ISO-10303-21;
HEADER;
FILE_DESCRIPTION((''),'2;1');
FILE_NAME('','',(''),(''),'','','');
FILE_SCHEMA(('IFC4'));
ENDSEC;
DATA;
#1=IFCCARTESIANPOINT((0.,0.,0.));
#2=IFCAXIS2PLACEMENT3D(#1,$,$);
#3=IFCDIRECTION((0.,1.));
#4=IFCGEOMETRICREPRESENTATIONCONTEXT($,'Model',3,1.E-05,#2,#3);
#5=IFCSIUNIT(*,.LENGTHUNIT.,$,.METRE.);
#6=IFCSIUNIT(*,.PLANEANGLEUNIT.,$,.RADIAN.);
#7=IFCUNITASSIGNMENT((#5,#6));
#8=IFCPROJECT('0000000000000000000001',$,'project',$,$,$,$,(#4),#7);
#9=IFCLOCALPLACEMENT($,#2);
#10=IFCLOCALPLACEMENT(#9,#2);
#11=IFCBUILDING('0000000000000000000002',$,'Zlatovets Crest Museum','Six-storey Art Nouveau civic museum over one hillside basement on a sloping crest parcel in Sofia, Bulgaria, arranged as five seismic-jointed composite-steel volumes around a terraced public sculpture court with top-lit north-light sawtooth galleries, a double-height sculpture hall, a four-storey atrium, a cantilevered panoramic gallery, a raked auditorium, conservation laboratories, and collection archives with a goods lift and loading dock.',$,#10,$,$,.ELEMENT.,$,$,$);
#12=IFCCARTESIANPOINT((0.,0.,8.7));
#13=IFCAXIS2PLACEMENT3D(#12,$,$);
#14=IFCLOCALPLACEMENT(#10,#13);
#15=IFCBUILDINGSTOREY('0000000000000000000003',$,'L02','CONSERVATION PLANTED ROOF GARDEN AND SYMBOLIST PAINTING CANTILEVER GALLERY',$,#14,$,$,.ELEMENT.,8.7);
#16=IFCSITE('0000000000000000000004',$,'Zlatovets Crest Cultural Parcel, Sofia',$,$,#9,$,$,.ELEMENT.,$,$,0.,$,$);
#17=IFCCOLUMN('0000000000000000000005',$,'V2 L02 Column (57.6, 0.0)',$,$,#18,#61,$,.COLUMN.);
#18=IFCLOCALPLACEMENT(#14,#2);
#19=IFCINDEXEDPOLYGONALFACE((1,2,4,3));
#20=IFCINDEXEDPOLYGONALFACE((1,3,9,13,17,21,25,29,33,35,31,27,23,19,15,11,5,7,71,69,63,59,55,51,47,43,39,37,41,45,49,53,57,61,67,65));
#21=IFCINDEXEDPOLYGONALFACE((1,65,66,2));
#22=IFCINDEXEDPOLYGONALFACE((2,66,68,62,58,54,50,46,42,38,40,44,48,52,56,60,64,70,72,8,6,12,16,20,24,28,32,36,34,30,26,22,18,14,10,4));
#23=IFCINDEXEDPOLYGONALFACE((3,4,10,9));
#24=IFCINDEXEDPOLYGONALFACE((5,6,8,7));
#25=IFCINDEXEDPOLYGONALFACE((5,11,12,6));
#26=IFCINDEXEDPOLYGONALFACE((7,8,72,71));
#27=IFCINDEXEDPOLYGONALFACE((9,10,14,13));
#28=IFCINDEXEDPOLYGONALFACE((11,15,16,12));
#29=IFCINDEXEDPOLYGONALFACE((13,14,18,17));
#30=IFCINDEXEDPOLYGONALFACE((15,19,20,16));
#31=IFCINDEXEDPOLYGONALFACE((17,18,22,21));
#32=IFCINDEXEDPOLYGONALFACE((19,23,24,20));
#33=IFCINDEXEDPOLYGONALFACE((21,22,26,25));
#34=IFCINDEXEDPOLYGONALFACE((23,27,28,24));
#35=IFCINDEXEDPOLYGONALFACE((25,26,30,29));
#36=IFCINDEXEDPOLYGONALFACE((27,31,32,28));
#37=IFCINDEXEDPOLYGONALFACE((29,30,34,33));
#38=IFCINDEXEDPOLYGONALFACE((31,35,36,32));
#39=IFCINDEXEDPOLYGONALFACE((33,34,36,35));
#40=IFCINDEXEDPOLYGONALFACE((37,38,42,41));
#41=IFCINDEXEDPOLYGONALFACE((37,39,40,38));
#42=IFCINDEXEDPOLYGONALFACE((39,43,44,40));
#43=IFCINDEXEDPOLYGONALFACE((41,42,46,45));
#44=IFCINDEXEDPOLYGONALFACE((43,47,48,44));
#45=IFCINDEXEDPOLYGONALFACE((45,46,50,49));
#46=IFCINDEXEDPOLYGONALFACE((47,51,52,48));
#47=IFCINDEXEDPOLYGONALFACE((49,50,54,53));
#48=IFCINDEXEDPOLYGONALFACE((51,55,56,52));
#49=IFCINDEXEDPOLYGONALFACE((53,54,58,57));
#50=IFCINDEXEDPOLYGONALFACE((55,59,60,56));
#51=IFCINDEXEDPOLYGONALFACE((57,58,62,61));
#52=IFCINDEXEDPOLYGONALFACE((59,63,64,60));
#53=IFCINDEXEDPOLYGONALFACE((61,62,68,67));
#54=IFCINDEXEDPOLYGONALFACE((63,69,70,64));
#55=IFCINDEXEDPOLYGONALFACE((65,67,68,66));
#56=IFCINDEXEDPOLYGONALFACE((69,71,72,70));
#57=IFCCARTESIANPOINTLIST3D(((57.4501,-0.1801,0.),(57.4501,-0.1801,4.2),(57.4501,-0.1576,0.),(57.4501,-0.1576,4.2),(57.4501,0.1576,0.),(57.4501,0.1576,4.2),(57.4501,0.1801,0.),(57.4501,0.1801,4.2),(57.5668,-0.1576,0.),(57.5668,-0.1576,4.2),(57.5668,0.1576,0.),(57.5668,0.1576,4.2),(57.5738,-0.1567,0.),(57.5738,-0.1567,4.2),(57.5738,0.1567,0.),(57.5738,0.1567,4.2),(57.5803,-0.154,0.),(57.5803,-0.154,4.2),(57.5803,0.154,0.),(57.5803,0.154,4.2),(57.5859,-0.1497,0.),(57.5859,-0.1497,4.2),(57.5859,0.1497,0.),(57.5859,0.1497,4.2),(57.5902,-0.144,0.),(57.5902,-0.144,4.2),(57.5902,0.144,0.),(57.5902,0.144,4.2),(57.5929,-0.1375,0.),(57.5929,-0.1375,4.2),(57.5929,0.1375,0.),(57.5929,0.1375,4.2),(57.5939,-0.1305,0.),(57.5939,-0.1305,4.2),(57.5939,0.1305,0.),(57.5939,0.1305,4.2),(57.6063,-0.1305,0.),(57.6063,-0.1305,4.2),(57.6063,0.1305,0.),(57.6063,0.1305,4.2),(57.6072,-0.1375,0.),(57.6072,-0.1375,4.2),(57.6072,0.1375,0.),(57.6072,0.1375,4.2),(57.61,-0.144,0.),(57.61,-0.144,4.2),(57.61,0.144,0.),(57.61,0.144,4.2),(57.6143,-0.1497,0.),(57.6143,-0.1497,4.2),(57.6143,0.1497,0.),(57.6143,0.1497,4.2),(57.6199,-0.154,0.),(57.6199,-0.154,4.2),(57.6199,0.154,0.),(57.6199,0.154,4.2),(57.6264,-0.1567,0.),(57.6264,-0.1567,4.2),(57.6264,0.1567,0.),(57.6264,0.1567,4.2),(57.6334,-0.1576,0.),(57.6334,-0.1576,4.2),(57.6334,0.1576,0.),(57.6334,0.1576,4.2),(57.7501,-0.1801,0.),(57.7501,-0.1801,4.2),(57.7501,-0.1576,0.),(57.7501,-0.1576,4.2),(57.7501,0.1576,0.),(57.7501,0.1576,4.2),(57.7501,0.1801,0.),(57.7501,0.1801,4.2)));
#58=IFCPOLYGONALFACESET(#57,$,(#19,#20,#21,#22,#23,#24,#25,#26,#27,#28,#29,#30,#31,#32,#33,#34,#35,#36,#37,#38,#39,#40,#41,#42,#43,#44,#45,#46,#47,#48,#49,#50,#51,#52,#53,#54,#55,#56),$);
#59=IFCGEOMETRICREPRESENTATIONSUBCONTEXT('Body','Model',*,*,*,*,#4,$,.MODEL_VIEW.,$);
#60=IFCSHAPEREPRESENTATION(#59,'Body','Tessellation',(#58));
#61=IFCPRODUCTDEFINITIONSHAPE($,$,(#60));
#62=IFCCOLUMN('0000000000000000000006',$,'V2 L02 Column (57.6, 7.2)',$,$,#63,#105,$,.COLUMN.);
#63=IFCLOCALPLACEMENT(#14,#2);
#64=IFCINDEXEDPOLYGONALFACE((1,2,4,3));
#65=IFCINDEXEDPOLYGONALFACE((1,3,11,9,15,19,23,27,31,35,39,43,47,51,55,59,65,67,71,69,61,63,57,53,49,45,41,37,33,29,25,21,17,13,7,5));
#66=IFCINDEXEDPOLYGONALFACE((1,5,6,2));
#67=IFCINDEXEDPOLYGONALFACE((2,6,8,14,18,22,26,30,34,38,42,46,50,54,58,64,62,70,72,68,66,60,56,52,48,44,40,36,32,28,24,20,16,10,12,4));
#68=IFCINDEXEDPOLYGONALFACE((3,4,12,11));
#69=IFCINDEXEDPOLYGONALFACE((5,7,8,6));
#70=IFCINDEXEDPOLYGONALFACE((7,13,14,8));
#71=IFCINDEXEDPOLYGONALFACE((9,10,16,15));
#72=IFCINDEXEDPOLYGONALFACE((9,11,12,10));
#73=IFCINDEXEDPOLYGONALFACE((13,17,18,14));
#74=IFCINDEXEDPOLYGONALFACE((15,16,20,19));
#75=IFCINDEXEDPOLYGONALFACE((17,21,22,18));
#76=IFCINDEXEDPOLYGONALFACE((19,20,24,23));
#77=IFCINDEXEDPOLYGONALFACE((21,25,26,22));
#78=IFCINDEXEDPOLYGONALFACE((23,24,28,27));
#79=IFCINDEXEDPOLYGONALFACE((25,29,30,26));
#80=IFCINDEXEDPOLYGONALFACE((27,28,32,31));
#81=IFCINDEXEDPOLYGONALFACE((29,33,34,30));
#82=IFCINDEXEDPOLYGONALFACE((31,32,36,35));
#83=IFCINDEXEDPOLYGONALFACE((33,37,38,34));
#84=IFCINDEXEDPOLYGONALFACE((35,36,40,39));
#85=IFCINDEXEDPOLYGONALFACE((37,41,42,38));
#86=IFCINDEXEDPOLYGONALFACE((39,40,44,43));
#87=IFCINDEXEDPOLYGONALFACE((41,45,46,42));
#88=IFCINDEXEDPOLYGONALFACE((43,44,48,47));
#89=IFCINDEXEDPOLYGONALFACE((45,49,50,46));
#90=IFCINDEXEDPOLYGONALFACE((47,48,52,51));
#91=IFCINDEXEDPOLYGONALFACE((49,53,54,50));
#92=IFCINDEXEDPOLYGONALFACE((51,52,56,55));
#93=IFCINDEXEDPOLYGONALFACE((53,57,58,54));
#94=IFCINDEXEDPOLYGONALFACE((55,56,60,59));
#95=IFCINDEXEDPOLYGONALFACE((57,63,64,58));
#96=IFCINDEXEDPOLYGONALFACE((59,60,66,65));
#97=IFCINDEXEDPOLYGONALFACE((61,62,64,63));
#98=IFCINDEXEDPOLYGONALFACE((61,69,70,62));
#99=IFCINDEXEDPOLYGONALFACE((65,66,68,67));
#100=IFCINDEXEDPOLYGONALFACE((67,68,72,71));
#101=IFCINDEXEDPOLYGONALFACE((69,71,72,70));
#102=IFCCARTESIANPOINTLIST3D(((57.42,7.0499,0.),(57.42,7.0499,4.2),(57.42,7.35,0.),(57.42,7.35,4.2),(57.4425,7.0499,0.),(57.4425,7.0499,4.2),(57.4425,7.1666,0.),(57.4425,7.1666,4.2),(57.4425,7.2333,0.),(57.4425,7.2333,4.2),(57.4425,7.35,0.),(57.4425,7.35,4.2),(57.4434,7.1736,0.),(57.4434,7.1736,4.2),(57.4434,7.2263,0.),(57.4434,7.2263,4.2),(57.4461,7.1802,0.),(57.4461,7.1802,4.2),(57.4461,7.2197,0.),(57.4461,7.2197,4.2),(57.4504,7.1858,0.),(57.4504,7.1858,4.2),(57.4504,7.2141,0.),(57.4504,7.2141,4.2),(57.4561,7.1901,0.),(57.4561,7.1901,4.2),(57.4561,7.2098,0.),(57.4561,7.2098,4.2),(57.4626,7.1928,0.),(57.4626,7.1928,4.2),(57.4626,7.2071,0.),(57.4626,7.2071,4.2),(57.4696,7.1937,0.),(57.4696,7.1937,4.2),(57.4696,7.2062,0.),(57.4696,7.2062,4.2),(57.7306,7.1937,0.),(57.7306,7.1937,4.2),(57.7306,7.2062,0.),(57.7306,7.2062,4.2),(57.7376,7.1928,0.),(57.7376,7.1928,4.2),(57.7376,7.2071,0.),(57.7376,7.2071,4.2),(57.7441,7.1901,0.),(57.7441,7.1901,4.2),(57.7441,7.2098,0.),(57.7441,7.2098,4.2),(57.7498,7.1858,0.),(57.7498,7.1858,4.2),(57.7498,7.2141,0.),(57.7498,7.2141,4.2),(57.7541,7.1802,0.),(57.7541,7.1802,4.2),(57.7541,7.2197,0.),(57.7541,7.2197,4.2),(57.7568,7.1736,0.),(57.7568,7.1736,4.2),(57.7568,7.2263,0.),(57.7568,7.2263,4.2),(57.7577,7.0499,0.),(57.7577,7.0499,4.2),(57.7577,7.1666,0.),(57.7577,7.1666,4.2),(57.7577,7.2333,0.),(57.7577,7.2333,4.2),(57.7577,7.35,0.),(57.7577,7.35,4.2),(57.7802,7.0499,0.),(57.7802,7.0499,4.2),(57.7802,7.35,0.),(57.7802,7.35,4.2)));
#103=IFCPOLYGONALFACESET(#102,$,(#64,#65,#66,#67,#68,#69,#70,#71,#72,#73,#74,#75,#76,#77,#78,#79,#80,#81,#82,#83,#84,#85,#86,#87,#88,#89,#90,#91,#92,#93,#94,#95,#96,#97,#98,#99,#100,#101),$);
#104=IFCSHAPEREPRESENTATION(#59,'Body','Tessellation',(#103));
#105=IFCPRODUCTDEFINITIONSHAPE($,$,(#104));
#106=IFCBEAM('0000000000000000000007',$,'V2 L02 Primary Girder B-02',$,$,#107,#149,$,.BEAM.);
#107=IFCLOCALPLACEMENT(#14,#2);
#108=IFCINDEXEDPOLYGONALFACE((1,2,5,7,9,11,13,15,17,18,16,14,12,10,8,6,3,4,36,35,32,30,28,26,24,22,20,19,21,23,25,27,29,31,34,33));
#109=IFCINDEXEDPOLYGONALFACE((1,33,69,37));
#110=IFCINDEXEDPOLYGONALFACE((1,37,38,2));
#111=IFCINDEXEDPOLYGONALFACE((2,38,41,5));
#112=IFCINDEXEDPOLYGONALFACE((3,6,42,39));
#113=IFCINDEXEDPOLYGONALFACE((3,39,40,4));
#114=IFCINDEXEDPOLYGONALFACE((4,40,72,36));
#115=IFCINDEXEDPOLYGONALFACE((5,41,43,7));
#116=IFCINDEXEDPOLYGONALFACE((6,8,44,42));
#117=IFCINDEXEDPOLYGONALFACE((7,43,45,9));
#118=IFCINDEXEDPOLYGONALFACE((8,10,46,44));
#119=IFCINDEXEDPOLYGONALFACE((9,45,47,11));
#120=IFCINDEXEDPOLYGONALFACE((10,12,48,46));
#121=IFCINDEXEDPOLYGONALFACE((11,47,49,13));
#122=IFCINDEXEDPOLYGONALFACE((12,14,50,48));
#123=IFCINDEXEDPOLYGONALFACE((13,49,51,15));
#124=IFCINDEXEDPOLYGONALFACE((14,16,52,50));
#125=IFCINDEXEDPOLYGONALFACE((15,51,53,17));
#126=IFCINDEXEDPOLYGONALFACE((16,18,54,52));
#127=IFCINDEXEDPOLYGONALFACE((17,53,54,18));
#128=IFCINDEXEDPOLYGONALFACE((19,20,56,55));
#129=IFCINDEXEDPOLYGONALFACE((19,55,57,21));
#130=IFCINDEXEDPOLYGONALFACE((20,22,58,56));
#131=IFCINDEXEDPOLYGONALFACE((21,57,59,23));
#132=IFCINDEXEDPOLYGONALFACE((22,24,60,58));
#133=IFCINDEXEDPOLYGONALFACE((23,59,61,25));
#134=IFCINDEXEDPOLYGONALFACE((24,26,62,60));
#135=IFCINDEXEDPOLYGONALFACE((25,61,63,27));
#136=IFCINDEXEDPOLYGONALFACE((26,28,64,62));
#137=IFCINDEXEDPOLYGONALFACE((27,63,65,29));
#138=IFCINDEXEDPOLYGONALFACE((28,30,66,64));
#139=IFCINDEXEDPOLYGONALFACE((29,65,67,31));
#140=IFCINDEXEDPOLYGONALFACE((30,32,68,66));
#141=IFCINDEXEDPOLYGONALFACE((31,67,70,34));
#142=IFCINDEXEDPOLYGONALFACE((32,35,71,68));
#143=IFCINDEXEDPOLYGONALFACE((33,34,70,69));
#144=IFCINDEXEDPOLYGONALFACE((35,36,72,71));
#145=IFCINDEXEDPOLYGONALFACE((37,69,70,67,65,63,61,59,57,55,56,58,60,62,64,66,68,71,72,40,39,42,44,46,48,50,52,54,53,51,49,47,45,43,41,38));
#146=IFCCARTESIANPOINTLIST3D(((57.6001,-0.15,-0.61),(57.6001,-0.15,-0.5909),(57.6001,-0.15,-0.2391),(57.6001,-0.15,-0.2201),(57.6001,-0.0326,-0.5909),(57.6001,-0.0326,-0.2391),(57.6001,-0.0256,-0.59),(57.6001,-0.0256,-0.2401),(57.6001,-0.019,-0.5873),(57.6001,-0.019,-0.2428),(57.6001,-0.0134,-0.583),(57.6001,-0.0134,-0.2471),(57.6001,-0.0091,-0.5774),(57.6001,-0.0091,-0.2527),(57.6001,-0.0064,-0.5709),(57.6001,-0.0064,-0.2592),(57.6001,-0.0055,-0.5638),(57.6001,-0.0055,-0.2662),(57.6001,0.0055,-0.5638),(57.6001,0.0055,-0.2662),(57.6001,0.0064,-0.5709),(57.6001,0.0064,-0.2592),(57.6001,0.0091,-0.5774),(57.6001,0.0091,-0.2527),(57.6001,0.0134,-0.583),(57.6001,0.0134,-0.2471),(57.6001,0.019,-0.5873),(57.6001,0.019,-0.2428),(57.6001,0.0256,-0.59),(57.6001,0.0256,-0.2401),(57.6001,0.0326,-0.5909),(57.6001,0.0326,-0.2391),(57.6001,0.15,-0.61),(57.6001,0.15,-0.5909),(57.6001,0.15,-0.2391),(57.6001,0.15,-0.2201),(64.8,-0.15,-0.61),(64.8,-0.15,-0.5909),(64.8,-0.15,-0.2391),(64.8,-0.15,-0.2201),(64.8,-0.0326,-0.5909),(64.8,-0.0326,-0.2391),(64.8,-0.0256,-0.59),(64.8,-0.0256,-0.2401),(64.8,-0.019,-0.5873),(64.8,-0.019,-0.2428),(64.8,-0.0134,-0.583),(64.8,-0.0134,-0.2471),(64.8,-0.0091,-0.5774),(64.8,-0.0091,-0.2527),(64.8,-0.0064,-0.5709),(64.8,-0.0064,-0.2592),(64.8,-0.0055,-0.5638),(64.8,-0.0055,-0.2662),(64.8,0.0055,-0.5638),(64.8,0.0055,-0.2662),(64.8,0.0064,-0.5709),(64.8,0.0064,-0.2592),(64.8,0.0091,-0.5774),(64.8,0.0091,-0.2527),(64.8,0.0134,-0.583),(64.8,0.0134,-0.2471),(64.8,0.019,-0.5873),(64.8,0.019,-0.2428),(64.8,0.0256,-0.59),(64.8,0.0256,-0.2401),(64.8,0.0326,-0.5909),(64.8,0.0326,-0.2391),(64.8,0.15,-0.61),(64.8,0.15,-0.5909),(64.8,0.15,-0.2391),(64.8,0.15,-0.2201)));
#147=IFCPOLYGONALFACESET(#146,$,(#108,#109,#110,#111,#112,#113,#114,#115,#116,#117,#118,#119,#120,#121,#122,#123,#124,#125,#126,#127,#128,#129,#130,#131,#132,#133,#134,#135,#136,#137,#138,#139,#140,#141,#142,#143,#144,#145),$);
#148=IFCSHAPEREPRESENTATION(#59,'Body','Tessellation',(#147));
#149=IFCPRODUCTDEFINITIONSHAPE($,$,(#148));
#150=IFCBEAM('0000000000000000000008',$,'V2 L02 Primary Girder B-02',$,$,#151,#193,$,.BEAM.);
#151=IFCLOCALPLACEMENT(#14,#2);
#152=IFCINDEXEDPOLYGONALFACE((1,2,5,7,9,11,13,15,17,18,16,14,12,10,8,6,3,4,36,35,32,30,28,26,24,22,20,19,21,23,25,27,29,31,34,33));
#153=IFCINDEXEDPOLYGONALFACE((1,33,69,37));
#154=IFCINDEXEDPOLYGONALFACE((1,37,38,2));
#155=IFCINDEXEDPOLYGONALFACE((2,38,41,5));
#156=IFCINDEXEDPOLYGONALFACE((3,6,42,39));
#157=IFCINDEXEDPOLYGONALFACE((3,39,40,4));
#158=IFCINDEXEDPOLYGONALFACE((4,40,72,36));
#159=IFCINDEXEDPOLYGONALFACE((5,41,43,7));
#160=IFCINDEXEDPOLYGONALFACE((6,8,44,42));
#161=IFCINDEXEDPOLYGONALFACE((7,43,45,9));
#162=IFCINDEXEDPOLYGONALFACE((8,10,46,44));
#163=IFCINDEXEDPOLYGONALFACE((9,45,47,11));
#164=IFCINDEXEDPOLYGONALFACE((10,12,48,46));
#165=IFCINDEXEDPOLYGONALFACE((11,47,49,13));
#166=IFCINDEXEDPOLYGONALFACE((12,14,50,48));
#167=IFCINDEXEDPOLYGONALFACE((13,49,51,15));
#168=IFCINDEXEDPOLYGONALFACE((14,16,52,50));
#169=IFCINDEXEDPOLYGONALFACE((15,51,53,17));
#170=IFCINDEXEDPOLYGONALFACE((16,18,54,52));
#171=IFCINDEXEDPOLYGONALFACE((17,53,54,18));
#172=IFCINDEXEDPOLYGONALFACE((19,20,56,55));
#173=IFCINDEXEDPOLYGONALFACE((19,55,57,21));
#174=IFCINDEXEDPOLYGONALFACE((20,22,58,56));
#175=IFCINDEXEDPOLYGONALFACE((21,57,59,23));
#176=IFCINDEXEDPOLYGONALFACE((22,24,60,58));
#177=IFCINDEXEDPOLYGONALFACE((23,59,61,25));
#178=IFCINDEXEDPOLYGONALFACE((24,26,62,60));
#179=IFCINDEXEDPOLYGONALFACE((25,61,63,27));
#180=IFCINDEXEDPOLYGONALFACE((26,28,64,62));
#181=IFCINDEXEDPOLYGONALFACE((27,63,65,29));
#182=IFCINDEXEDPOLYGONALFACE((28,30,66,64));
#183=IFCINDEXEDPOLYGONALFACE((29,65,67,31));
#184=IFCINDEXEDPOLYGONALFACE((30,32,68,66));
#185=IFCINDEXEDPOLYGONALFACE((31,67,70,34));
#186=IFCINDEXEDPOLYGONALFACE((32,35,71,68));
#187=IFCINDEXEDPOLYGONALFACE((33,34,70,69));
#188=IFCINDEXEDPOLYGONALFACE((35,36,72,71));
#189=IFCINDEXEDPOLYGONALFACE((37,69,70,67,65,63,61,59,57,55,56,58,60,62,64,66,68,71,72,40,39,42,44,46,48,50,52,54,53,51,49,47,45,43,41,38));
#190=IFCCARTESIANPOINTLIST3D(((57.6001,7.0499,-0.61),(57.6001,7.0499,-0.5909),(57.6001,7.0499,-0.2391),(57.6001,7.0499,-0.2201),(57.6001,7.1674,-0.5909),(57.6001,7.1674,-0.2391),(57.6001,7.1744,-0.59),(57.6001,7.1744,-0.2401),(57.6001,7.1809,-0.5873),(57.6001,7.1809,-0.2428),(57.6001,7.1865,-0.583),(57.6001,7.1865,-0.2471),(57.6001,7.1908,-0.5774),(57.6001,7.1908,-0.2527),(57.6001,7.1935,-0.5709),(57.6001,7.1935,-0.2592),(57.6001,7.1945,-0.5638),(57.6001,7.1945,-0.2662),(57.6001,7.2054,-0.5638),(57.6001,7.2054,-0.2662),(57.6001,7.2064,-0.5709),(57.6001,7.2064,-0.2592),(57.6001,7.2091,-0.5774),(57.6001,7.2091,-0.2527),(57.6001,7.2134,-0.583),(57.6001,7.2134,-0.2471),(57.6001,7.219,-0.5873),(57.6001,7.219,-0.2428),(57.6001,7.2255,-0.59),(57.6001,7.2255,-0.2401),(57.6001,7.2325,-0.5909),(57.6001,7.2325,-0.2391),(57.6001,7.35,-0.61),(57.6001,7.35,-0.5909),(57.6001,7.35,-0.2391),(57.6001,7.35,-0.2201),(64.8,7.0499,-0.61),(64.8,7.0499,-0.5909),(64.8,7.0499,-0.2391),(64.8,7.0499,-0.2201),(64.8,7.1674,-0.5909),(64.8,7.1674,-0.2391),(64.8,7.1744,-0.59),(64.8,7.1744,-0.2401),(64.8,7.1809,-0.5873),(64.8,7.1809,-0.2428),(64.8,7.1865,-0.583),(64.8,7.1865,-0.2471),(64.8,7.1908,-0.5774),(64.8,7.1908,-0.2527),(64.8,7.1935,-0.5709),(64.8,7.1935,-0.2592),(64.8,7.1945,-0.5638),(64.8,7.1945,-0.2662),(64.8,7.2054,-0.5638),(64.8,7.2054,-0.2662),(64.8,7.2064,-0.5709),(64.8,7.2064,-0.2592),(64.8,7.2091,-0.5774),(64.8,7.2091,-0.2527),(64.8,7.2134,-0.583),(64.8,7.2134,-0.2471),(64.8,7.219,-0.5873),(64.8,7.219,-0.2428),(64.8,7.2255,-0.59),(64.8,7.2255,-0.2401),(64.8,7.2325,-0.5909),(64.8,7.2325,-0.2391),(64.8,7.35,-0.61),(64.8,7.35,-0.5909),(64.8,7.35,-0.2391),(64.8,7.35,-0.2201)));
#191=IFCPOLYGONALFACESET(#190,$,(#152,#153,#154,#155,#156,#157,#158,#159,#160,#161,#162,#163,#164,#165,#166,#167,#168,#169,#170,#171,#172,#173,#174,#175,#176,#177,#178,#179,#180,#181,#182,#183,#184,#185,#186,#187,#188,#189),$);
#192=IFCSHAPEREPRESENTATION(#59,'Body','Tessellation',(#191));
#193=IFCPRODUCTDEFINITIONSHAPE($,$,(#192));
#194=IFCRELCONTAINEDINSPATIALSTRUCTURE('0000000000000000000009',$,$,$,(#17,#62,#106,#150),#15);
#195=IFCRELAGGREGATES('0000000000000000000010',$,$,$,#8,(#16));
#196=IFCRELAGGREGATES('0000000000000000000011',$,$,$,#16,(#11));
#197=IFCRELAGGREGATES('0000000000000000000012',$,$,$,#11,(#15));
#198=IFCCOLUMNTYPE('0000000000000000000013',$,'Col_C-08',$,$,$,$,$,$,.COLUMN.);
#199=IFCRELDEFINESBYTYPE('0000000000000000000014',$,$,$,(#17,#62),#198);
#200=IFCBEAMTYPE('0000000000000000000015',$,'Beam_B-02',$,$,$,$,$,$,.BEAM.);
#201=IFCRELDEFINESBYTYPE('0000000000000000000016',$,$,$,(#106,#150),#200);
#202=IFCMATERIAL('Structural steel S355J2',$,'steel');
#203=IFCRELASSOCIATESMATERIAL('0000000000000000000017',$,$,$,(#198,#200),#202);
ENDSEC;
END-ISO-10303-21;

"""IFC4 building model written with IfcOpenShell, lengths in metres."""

from ifc_helpers import new_model, si_unit, direction, frame, origin, origin_2d, place, context, subcontext, project, spatial, i_section, extrude, material, material_profile, profile_set, type_object, element, save


model = new_model("IFC4")

# Units and contexts
model_context = context("Model", 3, precision=1e-05, world=origin(), true_north=direction((0.0, 1.0)))
body_context = subcontext(model_context, "Body", "Model", "MODEL_VIEW")
ifc_project = project(units=[si_unit("LENGTHUNIT", "METRE"), si_unit("PLANEANGLEUNIT", "RADIAN")], contexts=[model_context])

# Site, building, storey
site_placement = place(None, origin())
site = spatial("IfcSite", under=ifc_project, at=site_placement, Name="Zlatovets Crest Cultural Parcel, Sofia", CompositionType="ELEMENT", RefElevation=0.0)
building_placement = place(site_placement, origin())
building = spatial("IfcBuilding", under=site, at=building_placement, Name="Zlatovets Crest Museum", Description="Six-storey Art Nouveau civic museum over one hillside basement on a sloping crest parcel in Sofia, Bulgaria, arranged as five seismic-jointed composite-steel volumes around a terraced public sculpture court with top-lit north-light sawtooth galleries, a double-height sculpture hall, a four-storey atrium, a cantilevered panoramic gallery, a raked auditorium, conservation laboratories, and collection archives with a goods lift and loading dock.", CompositionType="ELEMENT")
storey_placement = place(building_placement, frame((0.0, 0.0, 8.7)))
storey = spatial("IfcBuildingStorey", under=building, at=storey_placement, Name="L02", Description="CONSERVATION PLANTED ROOF GARDEN AND SYMBOLIST PAINTING CANTILEVER GALLERY", CompositionType="ELEMENT", Elevation=8.7)

# Columns
ifc_material_1 = material(Name="Structural steel S355J2", Category="steel")
ifc_material_profile_1 = material_profile(ifc_material_1, i_section(OverallWidth=0.3, OverallDepth=0.3601, WebThickness=0.0125, FlangeThickness=0.0225, FilletRadius=0.0271, at=origin_2d()), Name="HEB 360")
ifc_profile_set_1 = profile_set([ifc_material_profile_1], Name="Structural steel S355J2")
column_type = type_object("IfcColumnType", Name="Col_C-08", PredefinedType="COLUMN", material=ifc_profile_set_1)
for number, where, z_axis, x_axis, name in (
    (1, (57.6001, 0.0, 0.0), (0.0, 0.0, 1.0), (1.0, 0.0, 0.0), "V2 L02 Column (57.6, 0.0)"),
    (2, (57.6001, 7.2, 0.0), (0.0, 0.0, 1.0), (0.0, 1.0, 0.0), "V2 L02 Column (57.6, 7.2)"),
):
    element("IfcColumn", number, at=place(storey_placement, frame(where, z_axis=z_axis, x_axis=x_axis)), inside=storey, type_object=column_type, Name=name, PredefinedType="COLUMN", context=body_context, shape_type="SweptSolid", body=[
        extrude(i_section(OverallWidth=0.3, OverallDepth=0.3601, WebThickness=0.0125, FlangeThickness=0.0225, FilletRadius=0.0271, at=origin_2d()), origin(), (0.0, 0.0, 1.0), 4.2),
    ])

# Beams
ifc_material_profile_2 = material_profile(ifc_material_1, i_section(OverallWidth=0.3, OverallDepth=0.3899, WebThickness=0.011, FlangeThickness=0.019, FilletRadius=0.0271, at=origin_2d()), Name="HEA 400")
ifc_profile_set_2 = profile_set([ifc_material_profile_2], Name="Structural steel S355J2")
beam_type_1 = type_object("IfcBeamType", Name="Beam_B-02", PredefinedType="BEAM", material=ifc_profile_set_2)
for number, where, z_axis, x_axis, name in (
    (3, (57.6001, 0.0, -0.415), (1.0, 0.0, 0.0), (0.0, 1.0, 0.0), "V2 L02 Primary Girder B-02"),
    (4, (57.6001, 7.2, -0.415), (1.0, 0.0, 0.0), (0.0, 1.0, 0.0), "V2 L02 Primary Girder B-02"),
):
    element("IfcBeam", number, at=place(storey_placement, frame(where, z_axis=z_axis, x_axis=x_axis)), inside=storey, type_object=beam_type_1, Name=name, PredefinedType="BEAM", context=body_context, shape_type="SweptSolid", body=[
        extrude(i_section(OverallWidth=0.3, OverallDepth=0.3899, WebThickness=0.011, FlangeThickness=0.019, FilletRadius=0.0271, at=origin_2d()), origin(), (0.0, 0.0, 1.0), 7.2),
    ])

save(model, "model.ifc")
